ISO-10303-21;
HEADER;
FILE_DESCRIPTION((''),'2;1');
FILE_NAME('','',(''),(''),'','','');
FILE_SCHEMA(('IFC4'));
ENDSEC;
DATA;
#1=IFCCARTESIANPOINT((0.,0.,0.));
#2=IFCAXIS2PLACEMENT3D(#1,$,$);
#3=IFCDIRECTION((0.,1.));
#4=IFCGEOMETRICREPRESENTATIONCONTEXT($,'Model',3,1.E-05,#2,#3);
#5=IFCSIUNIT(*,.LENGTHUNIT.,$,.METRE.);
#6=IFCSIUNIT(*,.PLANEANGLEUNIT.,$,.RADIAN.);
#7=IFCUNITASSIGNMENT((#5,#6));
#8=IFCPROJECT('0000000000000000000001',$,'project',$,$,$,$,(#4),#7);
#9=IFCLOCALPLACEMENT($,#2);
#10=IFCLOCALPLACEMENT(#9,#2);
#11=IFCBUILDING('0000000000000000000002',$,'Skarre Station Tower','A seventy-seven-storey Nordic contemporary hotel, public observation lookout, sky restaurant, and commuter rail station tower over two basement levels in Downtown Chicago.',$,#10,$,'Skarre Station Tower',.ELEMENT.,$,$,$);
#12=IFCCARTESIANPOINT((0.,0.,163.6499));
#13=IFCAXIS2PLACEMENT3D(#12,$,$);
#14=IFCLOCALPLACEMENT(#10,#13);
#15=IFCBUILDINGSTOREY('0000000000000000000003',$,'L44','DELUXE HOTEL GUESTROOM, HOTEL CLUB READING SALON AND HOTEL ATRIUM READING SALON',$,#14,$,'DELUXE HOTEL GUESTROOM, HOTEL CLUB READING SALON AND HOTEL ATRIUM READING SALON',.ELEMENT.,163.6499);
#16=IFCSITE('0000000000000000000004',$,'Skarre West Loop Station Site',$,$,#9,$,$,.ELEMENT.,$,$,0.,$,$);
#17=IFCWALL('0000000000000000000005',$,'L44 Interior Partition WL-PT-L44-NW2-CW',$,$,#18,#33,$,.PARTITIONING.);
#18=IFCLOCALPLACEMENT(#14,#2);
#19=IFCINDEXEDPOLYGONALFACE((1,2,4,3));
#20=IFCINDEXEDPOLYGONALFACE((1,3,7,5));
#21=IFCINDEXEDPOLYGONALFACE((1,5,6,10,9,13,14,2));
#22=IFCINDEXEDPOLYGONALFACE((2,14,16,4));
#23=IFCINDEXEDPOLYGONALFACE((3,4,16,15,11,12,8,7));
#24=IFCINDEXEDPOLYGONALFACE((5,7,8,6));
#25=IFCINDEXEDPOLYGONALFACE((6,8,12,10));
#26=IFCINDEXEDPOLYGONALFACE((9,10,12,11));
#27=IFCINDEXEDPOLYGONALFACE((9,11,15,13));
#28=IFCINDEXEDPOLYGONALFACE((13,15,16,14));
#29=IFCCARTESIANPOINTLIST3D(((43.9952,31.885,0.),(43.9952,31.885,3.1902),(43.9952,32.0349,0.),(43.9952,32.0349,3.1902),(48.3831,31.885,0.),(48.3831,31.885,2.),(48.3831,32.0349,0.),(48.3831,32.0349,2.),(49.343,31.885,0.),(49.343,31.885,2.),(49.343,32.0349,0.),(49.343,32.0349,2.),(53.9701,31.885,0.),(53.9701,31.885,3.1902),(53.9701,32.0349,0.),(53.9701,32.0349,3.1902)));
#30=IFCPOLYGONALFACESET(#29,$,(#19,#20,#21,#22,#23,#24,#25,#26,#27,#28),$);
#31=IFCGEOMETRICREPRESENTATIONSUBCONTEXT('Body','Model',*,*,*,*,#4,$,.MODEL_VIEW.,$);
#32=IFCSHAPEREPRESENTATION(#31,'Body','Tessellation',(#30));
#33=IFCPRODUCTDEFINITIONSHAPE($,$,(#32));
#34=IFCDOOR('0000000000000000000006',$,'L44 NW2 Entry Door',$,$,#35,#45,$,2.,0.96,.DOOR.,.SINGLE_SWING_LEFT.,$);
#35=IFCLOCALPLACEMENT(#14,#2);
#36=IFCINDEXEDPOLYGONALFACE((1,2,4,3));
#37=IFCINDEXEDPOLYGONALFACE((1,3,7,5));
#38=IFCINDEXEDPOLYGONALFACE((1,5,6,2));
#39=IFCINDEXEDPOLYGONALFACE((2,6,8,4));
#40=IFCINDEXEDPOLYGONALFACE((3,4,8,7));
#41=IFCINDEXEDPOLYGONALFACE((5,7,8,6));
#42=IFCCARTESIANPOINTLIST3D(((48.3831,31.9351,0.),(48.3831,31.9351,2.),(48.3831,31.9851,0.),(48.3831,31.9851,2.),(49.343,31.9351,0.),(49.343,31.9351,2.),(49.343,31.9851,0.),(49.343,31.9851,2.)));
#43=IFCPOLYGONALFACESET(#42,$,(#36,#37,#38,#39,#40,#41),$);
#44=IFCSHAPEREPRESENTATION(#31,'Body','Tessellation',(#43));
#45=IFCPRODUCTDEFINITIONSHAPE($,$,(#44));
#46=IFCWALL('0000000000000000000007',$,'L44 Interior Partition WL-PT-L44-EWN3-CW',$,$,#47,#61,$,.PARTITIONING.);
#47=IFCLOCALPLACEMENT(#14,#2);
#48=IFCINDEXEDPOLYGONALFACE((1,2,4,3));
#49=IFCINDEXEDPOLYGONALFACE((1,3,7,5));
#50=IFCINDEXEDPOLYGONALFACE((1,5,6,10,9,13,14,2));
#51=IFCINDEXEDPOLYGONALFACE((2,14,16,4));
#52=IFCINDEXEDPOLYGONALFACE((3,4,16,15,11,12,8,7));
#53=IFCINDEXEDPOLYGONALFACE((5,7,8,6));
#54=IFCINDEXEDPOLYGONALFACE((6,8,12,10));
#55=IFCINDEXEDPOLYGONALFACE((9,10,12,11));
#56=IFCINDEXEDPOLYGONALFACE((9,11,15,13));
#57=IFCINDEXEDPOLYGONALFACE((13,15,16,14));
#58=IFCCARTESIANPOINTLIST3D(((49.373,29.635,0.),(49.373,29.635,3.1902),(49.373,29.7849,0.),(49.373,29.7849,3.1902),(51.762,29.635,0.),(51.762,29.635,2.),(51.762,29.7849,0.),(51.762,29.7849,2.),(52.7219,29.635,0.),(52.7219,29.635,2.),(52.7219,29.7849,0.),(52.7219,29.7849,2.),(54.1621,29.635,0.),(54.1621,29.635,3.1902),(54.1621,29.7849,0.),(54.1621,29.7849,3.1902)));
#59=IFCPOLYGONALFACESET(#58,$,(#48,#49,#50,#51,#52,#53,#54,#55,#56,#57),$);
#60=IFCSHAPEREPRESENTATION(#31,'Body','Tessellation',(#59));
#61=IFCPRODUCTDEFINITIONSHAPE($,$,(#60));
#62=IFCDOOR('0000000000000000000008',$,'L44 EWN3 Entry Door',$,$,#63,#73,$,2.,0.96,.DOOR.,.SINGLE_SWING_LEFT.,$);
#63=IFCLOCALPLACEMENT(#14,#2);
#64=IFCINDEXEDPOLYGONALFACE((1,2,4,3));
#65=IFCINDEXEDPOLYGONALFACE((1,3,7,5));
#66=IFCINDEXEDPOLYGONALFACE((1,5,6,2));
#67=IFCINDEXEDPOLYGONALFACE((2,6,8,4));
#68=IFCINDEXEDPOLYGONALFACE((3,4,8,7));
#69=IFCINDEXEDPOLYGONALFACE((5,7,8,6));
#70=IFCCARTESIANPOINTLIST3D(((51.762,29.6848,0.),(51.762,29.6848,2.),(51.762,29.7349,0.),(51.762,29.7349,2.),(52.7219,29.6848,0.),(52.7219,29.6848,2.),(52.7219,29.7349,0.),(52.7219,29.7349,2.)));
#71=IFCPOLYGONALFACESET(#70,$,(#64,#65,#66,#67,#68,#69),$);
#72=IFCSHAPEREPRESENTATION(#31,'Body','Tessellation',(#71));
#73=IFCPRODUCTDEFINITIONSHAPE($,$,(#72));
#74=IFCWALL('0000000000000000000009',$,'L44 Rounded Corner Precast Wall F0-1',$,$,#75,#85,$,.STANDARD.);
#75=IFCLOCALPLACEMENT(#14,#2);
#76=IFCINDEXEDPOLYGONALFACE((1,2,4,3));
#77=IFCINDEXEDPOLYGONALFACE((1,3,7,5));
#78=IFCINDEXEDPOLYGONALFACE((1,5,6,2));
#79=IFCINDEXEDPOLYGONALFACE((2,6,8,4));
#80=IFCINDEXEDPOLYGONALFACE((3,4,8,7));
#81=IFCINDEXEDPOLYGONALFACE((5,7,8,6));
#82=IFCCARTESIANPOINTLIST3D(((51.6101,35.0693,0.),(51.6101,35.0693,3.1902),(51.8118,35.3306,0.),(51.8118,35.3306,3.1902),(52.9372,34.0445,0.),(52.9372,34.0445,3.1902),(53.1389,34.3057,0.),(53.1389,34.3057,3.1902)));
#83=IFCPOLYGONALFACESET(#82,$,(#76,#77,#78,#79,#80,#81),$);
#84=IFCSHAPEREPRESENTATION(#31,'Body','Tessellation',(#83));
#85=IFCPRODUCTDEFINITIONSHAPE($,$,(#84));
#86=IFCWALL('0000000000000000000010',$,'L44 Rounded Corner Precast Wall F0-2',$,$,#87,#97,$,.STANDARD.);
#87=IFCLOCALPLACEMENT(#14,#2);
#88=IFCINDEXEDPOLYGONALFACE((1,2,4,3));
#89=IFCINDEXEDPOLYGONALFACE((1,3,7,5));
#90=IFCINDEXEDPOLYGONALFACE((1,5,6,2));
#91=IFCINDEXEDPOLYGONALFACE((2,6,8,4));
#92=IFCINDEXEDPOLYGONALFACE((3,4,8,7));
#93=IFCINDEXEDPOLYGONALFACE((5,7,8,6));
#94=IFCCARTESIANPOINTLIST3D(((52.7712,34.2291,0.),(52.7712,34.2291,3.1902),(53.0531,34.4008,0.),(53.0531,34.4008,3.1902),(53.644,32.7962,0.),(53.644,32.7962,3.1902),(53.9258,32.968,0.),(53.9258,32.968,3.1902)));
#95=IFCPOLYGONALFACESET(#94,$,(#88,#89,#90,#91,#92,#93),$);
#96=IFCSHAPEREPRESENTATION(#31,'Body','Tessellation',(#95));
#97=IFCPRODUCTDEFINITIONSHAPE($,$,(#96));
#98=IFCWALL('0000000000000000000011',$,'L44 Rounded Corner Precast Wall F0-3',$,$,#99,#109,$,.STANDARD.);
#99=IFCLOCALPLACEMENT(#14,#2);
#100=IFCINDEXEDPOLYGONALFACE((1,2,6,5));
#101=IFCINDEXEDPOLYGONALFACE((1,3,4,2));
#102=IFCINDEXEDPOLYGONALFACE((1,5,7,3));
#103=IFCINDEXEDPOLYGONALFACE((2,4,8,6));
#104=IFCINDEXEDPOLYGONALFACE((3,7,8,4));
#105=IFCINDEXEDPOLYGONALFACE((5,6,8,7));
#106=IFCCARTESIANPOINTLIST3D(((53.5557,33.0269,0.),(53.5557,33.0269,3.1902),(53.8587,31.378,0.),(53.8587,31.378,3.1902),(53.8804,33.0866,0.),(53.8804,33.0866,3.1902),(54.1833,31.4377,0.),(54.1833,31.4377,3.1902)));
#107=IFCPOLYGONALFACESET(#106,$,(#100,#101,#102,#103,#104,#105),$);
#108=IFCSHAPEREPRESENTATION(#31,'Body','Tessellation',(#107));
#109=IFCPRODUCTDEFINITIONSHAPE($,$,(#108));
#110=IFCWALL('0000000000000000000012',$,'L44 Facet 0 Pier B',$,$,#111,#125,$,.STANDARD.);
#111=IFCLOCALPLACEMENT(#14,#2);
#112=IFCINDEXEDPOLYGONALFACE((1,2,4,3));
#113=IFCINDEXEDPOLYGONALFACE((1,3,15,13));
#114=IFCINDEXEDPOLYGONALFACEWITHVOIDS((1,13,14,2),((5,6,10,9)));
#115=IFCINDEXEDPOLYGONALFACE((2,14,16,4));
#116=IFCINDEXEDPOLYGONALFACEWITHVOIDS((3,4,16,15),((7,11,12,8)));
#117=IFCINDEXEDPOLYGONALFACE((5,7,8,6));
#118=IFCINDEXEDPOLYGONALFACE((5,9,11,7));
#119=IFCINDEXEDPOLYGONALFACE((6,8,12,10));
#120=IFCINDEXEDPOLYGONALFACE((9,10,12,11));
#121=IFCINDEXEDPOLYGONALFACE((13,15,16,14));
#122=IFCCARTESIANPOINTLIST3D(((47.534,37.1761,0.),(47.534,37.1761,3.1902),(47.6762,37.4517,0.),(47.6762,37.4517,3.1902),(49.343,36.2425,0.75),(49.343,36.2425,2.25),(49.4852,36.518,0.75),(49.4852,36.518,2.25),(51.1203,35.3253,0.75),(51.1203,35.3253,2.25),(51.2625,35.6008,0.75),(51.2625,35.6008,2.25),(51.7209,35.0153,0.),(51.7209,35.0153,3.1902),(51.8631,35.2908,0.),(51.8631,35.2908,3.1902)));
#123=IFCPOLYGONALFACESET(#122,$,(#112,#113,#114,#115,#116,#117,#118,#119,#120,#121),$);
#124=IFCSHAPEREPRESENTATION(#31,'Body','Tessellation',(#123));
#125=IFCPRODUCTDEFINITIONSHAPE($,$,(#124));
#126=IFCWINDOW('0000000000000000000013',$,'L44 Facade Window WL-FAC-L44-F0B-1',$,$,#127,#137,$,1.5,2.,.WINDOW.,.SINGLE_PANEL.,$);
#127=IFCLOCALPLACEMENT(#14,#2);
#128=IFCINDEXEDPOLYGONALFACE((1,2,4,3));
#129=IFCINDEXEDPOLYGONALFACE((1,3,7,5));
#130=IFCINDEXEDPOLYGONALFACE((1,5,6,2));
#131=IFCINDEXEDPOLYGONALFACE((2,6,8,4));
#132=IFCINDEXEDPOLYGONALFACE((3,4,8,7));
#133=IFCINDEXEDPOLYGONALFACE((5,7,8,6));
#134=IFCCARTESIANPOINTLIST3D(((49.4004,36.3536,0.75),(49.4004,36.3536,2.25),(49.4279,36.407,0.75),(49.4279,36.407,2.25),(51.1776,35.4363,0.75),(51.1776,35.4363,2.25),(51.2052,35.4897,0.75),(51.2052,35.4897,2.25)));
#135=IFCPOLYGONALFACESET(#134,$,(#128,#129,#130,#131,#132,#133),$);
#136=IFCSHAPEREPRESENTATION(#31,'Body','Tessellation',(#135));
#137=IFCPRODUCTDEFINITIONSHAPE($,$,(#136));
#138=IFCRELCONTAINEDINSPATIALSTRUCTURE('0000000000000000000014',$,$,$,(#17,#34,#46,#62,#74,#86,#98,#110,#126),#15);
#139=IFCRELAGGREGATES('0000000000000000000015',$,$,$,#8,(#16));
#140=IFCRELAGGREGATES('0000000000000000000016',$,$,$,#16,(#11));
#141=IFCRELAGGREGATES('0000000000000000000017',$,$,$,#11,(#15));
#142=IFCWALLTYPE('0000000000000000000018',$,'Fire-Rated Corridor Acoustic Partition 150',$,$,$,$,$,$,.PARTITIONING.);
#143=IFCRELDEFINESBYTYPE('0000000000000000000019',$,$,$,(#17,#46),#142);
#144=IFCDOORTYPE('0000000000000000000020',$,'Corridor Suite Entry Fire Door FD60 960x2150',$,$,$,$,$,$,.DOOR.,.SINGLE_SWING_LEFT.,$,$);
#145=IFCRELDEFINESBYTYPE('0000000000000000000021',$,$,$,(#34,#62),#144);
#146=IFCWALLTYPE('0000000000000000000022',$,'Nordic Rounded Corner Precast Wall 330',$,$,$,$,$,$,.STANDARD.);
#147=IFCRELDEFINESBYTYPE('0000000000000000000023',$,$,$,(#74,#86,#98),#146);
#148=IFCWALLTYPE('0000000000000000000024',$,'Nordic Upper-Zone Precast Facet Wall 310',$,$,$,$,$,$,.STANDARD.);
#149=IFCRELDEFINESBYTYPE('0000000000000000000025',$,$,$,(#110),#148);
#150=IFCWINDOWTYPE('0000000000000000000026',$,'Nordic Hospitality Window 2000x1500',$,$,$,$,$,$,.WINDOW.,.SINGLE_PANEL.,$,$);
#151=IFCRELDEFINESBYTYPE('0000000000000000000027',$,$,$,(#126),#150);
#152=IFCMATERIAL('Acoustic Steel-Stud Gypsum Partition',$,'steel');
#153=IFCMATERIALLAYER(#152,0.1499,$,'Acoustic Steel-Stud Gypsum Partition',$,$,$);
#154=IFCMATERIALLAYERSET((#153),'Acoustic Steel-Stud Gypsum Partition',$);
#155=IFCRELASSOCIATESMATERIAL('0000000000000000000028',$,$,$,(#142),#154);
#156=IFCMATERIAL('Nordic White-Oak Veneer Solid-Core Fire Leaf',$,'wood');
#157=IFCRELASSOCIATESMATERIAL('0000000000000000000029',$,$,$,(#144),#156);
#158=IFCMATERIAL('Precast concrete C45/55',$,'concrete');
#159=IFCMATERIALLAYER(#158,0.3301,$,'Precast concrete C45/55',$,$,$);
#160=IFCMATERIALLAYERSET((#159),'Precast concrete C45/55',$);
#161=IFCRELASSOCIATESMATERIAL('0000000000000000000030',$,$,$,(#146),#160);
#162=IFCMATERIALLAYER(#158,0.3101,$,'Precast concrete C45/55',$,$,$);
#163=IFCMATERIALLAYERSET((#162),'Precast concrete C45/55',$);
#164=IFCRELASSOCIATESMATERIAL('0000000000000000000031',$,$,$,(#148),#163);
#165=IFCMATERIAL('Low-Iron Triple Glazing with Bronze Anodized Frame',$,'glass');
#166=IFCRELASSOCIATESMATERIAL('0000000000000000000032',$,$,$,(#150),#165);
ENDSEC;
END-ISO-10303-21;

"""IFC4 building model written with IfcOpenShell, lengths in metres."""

from ifc_helpers import new_model, si_unit, direction, frame, frame_2d, origin, place, context, subcontext, project, spatial, rectangle, extrude, material, layer, layer_set, type_object, element, fill, save


model = new_model("IFC4")

# Units and contexts
model_context = context("Model", 3, precision=1e-05, world=origin(), true_north=direction((0.0, 1.0)))
body_context = subcontext(model_context, "Body", "Model", "MODEL_VIEW")
ifc_project = project(units=[si_unit("LENGTHUNIT", "METRE"), si_unit("PLANEANGLEUNIT", "RADIAN")], contexts=[model_context])

# Site, building, storey
site_placement = place(None, origin())
site = spatial("IfcSite", under=ifc_project, at=site_placement, Name="Skarre West Loop Station Site", CompositionType="ELEMENT", RefElevation=0.0)
building_placement = place(site_placement, origin())
building = spatial("IfcBuilding", under=site, at=building_placement, Name="Skarre Station Tower", Description="A seventy-seven-storey Nordic contemporary hotel, public observation lookout, sky restaurant, and commuter rail station tower over two basement levels in Downtown Chicago.", LongName="Skarre Station Tower", CompositionType="ELEMENT")
storey_placement = place(building_placement, frame((0.0, 0.0, 163.6499)))
storey = spatial("IfcBuildingStorey", under=building, at=storey_placement, Name="L44", Description="DELUXE HOTEL GUESTROOM, HOTEL CLUB READING SALON AND HOTEL ATRIUM READING SALON", LongName="DELUXE HOTEL GUESTROOM, HOTEL CLUB READING SALON AND HOTEL ATRIUM READING SALON", CompositionType="ELEMENT", Elevation=163.6499)

# Walls, openings, doors
ifc_material_1 = material(Name="Acoustic Steel-Stud Gypsum Partition", Category="steel")
ifc_layer_1 = layer(ifc_material_1, 0.1499, Name="Acoustic Steel-Stud Gypsum Partition")
ifc_layer_set_1 = layer_set([ifc_layer_1], Name="Acoustic Steel-Stud Gypsum Partition")
wall_type_1 = type_object("IfcWallType", Name="Fire-Rated Corridor Acoustic Partition 150", PredefinedType="PARTITIONING", material=ifc_layer_set_1)
wall_1_placement = place(storey_placement, frame((53.97, 31.96, 0.0), z_axis=(0.0, 0.0, 1.0), x_axis=(-1.0, 0.0, 0.0)))
wall_1 = element("IfcWall", 1, at=wall_1_placement, inside=storey, type_object=wall_type_1, Name="L44 Interior Partition WL-PT-L44-NW2-CW", PredefinedType="PARTITIONING", context=body_context, shape_type="SweptSolid", body=[
    extrude(rectangle(XDim=9.9749, YDim=0.1499, at=frame_2d((4.9873, 0.0))), origin(), (0.0, 0.0, 1.0), 3.1902),
])
opening_1_placement = place(wall_1_placement, frame((4.627, 0.0, 0.0)))
opening_1 = element("IfcOpeningElement", 2, at=opening_1_placement, cuts=wall_1, PredefinedType="OPENING", context=body_context, shape_type="SweptSolid", body=[
    extrude(rectangle(XDim=0.96, YDim=2.0, at=frame_2d((0.48, 1.0))), frame((0.0, 0.085, 0.0), z_axis=(0.0, -1.0, 0.0), x_axis=(1.0, 0.0, 0.0)), (0.0, 0.0, 1.0), 0.1699),
])
ifc_material_2 = material(Name="Nordic White-Oak Veneer Solid-Core Fire Leaf", Category="wood")
door_type = type_object("IfcDoorType", Name="Corridor Suite Entry Fire Door FD60 960x2150", OperationType="SINGLE_SWING_LEFT", PredefinedType="DOOR", material=ifc_material_2)
door_1_placement = place(opening_1_placement, origin())
door_1 = element("IfcDoor", 3, at=door_1_placement, inside=storey, type_object=door_type, Name="L44 NW2 Entry Door", OperationType="SINGLE_SWING_LEFT", OverallHeight=2.0, OverallWidth=0.96, PredefinedType="DOOR", context=body_context, shape_type="SweptSolid", body=[
    extrude(rectangle(XDim=0.96, YDim=2.0, at=frame_2d((0.48, 1.0))), frame((0.0, 0.0249, 0.0), z_axis=(0.0, -1.0, 0.0), x_axis=(1.0, 0.0, 0.0)), (0.0, 0.0, 1.0), 0.05),
])
fill(opening_1, door_1)
wall_2_placement = place(storey_placement, frame((49.373, 29.71, 0.0), z_axis=(0.0, 0.0, 1.0), x_axis=(1.0, 0.0, 0.0)))
wall_2 = element("IfcWall", 4, at=wall_2_placement, inside=storey, type_object=wall_type_1, Name="L44 Interior Partition WL-PT-L44-EWN3-CW", PredefinedType="PARTITIONING", context=body_context, shape_type="SweptSolid", body=[
    extrude(rectangle(XDim=4.7891, YDim=0.1499, at=frame_2d((2.3945, 0.0))), origin(), (0.0, 0.0, 1.0), 3.1902),
])
opening_2_placement = place(wall_2_placement, frame((2.3889, 0.0, 0.0)))
opening_2 = element("IfcOpeningElement", 5, at=opening_2_placement, cuts=wall_2, PredefinedType="OPENING", context=body_context, shape_type="SweptSolid", body=[
    extrude(rectangle(XDim=0.96, YDim=2.0, at=frame_2d((0.48, 1.0))), frame((0.0, 0.085, 0.0), z_axis=(0.0, -1.0, 0.0), x_axis=(1.0, 0.0, 0.0)), (0.0, 0.0, 1.0), 0.1699),
])
door_2_placement = place(opening_2_placement, origin())
door_2 = element("IfcDoor", 6, at=door_2_placement, inside=storey, type_object=door_type, Name="L44 EWN3 Entry Door", OperationType="SINGLE_SWING_LEFT", OverallHeight=2.0, OverallWidth=0.96, PredefinedType="DOOR", context=body_context, shape_type="SweptSolid", body=[
    extrude(rectangle(XDim=0.96, YDim=2.0, at=frame_2d((0.48, 1.0))), frame((0.0, 0.0249, 0.0), z_axis=(0.0, -1.0, 0.0), x_axis=(1.0, 0.0, 0.0)), (0.0, 0.0, 1.0), 0.05),
])
fill(opening_2, door_2)

# Walls
ifc_material_3 = material(Name="Precast concrete C45/55", Category="concrete")
ifc_layer_2 = layer(ifc_material_3, 0.3301, Name="Precast concrete C45/55")
ifc_layer_set_2 = layer_set([ifc_layer_2], Name="Precast concrete C45/55")
wall_type_2 = type_object("IfcWallType", Name="Nordic Rounded Corner Precast Wall 330", PredefinedType="STANDARD", material=ifc_layer_set_2)
wall_3_placement = place(storey_placement, frame((51.7109, 35.2, 0.0), z_axis=(0.0, 0.0, 1.0), x_axis=(0.791464, -0.611215, 0.0)))
element("IfcWall", 7, at=wall_3_placement, inside=storey, type_object=wall_type_2, Name="L44 Rounded Corner Precast Wall F0-1", PredefinedType="STANDARD", context=body_context, shape_type="SweptSolid", body=[
    extrude(rectangle(XDim=1.6768, YDim=0.3301, at=frame_2d((0.8384, 0.0))), origin(), (0.0, 0.0, 1.0), 3.1902),
])
wall_4_placement = place(storey_placement, frame((52.9121, 34.3149, 0.0), z_axis=(0.0, 0.0, 1.0), x_axis=(0.520219, -0.854033, 0.0)))
element("IfcWall", 8, at=wall_4_placement, inside=storey, type_object=wall_type_2, Name="L44 Rounded Corner Precast Wall F0-2", PredefinedType="STANDARD", context=body_context, shape_type="SweptSolid", body=[
    extrude(rectangle(XDim=1.6777, YDim=0.3301, at=frame_2d((0.8389, 0.0))), origin(), (0.0, 0.0, 1.0), 3.1902),
])
wall_5_placement = place(storey_placement, frame((53.718, 33.0569, 0.0), z_axis=(0.0, 0.0, 1.0), x_axis=(0.180718, -0.983535, 0.0)))
element("IfcWall", 9, at=wall_5_placement, inside=storey, type_object=wall_type_2, Name="L44 Rounded Corner Precast Wall F0-3", PredefinedType="STANDARD", context=body_context, shape_type="SweptSolid", body=[
    extrude(rectangle(XDim=1.6765, YDim=0.3301, at=frame_2d((0.8384, 0.0))), origin(), (0.0, 0.0, 1.0), 3.1902),
])

# Wall, opening, window
ifc_layer_3 = layer(ifc_material_3, 0.3101, Name="Precast concrete C45/55")
ifc_layer_set_3 = layer_set([ifc_layer_3], Name="Precast concrete C45/55")
wall_type_3 = type_object("IfcWallType", Name="Nordic Upper-Zone Precast Facet Wall 310", PredefinedType="STANDARD", material=ifc_layer_set_3)
wall_6_placement = place(storey_placement, frame((47.605, 37.314, 0.0), z_axis=(0.0, 0.0, 1.0), x_axis=(0.888634, -0.458618, 0.0)))
wall_6 = element("IfcWall", 10, at=wall_6_placement, inside=storey, type_object=wall_type_3, Name="L44 Facet 0 Pier B", PredefinedType="STANDARD", context=body_context, shape_type="SweptSolid", body=[
    extrude(rectangle(XDim=4.7117, YDim=0.3101, at=frame_2d((2.356, 0.0))), origin(), (0.0, 0.0, 1.0), 3.1902),
])
opening_3_placement = place(wall_6_placement, frame((2.0359, 0.0, 0.75)))
opening_3 = element("IfcOpeningElement", 11, at=opening_3_placement, cuts=wall_6, PredefinedType="OPENING", context=body_context, shape_type="SweptSolid", body=[
    extrude(rectangle(XDim=2.0, YDim=1.5, at=frame_2d((1.0, 0.75))), frame((0.0, 0.165, 0.0), z_axis=(0.0, -1.0, 0.0), x_axis=(1.0, 0.0, 0.0)), (0.0, 0.0, 1.0), 0.3301),
])
ifc_material_4 = material(Name="Low-Iron Triple Glazing with Bronze Anodized Frame", Category="glass")
window_type_1 = type_object("IfcWindowType", Name="Nordic Hospitality Window 2000x1500", PartitioningType="SINGLE_PANEL", PredefinedType="WINDOW", material=ifc_material_4)
window_1_placement = place(opening_3_placement, origin())
window_1 = element("IfcWindow", 12, at=window_1_placement, inside=storey, type_object=window_type_1, Name="L44 Facade Window WL-FAC-L44-F0B-1", OverallHeight=1.5, OverallWidth=2.0, PartitioningType="SINGLE_PANEL", PredefinedType="WINDOW", context=body_context, shape_type="SweptSolid", body=[
    extrude(rectangle(XDim=2.0, YDim=1.5, at=frame_2d((1.0, 0.75))), frame((0.0, 0.03, 0.0), z_axis=(0.0, -1.0, 0.0), x_axis=(1.0, 0.0, 0.0)), (0.0, 0.0, 1.0), 0.0601),
])
fill(opening_3, window_1)

save(model, "model.ifc")
